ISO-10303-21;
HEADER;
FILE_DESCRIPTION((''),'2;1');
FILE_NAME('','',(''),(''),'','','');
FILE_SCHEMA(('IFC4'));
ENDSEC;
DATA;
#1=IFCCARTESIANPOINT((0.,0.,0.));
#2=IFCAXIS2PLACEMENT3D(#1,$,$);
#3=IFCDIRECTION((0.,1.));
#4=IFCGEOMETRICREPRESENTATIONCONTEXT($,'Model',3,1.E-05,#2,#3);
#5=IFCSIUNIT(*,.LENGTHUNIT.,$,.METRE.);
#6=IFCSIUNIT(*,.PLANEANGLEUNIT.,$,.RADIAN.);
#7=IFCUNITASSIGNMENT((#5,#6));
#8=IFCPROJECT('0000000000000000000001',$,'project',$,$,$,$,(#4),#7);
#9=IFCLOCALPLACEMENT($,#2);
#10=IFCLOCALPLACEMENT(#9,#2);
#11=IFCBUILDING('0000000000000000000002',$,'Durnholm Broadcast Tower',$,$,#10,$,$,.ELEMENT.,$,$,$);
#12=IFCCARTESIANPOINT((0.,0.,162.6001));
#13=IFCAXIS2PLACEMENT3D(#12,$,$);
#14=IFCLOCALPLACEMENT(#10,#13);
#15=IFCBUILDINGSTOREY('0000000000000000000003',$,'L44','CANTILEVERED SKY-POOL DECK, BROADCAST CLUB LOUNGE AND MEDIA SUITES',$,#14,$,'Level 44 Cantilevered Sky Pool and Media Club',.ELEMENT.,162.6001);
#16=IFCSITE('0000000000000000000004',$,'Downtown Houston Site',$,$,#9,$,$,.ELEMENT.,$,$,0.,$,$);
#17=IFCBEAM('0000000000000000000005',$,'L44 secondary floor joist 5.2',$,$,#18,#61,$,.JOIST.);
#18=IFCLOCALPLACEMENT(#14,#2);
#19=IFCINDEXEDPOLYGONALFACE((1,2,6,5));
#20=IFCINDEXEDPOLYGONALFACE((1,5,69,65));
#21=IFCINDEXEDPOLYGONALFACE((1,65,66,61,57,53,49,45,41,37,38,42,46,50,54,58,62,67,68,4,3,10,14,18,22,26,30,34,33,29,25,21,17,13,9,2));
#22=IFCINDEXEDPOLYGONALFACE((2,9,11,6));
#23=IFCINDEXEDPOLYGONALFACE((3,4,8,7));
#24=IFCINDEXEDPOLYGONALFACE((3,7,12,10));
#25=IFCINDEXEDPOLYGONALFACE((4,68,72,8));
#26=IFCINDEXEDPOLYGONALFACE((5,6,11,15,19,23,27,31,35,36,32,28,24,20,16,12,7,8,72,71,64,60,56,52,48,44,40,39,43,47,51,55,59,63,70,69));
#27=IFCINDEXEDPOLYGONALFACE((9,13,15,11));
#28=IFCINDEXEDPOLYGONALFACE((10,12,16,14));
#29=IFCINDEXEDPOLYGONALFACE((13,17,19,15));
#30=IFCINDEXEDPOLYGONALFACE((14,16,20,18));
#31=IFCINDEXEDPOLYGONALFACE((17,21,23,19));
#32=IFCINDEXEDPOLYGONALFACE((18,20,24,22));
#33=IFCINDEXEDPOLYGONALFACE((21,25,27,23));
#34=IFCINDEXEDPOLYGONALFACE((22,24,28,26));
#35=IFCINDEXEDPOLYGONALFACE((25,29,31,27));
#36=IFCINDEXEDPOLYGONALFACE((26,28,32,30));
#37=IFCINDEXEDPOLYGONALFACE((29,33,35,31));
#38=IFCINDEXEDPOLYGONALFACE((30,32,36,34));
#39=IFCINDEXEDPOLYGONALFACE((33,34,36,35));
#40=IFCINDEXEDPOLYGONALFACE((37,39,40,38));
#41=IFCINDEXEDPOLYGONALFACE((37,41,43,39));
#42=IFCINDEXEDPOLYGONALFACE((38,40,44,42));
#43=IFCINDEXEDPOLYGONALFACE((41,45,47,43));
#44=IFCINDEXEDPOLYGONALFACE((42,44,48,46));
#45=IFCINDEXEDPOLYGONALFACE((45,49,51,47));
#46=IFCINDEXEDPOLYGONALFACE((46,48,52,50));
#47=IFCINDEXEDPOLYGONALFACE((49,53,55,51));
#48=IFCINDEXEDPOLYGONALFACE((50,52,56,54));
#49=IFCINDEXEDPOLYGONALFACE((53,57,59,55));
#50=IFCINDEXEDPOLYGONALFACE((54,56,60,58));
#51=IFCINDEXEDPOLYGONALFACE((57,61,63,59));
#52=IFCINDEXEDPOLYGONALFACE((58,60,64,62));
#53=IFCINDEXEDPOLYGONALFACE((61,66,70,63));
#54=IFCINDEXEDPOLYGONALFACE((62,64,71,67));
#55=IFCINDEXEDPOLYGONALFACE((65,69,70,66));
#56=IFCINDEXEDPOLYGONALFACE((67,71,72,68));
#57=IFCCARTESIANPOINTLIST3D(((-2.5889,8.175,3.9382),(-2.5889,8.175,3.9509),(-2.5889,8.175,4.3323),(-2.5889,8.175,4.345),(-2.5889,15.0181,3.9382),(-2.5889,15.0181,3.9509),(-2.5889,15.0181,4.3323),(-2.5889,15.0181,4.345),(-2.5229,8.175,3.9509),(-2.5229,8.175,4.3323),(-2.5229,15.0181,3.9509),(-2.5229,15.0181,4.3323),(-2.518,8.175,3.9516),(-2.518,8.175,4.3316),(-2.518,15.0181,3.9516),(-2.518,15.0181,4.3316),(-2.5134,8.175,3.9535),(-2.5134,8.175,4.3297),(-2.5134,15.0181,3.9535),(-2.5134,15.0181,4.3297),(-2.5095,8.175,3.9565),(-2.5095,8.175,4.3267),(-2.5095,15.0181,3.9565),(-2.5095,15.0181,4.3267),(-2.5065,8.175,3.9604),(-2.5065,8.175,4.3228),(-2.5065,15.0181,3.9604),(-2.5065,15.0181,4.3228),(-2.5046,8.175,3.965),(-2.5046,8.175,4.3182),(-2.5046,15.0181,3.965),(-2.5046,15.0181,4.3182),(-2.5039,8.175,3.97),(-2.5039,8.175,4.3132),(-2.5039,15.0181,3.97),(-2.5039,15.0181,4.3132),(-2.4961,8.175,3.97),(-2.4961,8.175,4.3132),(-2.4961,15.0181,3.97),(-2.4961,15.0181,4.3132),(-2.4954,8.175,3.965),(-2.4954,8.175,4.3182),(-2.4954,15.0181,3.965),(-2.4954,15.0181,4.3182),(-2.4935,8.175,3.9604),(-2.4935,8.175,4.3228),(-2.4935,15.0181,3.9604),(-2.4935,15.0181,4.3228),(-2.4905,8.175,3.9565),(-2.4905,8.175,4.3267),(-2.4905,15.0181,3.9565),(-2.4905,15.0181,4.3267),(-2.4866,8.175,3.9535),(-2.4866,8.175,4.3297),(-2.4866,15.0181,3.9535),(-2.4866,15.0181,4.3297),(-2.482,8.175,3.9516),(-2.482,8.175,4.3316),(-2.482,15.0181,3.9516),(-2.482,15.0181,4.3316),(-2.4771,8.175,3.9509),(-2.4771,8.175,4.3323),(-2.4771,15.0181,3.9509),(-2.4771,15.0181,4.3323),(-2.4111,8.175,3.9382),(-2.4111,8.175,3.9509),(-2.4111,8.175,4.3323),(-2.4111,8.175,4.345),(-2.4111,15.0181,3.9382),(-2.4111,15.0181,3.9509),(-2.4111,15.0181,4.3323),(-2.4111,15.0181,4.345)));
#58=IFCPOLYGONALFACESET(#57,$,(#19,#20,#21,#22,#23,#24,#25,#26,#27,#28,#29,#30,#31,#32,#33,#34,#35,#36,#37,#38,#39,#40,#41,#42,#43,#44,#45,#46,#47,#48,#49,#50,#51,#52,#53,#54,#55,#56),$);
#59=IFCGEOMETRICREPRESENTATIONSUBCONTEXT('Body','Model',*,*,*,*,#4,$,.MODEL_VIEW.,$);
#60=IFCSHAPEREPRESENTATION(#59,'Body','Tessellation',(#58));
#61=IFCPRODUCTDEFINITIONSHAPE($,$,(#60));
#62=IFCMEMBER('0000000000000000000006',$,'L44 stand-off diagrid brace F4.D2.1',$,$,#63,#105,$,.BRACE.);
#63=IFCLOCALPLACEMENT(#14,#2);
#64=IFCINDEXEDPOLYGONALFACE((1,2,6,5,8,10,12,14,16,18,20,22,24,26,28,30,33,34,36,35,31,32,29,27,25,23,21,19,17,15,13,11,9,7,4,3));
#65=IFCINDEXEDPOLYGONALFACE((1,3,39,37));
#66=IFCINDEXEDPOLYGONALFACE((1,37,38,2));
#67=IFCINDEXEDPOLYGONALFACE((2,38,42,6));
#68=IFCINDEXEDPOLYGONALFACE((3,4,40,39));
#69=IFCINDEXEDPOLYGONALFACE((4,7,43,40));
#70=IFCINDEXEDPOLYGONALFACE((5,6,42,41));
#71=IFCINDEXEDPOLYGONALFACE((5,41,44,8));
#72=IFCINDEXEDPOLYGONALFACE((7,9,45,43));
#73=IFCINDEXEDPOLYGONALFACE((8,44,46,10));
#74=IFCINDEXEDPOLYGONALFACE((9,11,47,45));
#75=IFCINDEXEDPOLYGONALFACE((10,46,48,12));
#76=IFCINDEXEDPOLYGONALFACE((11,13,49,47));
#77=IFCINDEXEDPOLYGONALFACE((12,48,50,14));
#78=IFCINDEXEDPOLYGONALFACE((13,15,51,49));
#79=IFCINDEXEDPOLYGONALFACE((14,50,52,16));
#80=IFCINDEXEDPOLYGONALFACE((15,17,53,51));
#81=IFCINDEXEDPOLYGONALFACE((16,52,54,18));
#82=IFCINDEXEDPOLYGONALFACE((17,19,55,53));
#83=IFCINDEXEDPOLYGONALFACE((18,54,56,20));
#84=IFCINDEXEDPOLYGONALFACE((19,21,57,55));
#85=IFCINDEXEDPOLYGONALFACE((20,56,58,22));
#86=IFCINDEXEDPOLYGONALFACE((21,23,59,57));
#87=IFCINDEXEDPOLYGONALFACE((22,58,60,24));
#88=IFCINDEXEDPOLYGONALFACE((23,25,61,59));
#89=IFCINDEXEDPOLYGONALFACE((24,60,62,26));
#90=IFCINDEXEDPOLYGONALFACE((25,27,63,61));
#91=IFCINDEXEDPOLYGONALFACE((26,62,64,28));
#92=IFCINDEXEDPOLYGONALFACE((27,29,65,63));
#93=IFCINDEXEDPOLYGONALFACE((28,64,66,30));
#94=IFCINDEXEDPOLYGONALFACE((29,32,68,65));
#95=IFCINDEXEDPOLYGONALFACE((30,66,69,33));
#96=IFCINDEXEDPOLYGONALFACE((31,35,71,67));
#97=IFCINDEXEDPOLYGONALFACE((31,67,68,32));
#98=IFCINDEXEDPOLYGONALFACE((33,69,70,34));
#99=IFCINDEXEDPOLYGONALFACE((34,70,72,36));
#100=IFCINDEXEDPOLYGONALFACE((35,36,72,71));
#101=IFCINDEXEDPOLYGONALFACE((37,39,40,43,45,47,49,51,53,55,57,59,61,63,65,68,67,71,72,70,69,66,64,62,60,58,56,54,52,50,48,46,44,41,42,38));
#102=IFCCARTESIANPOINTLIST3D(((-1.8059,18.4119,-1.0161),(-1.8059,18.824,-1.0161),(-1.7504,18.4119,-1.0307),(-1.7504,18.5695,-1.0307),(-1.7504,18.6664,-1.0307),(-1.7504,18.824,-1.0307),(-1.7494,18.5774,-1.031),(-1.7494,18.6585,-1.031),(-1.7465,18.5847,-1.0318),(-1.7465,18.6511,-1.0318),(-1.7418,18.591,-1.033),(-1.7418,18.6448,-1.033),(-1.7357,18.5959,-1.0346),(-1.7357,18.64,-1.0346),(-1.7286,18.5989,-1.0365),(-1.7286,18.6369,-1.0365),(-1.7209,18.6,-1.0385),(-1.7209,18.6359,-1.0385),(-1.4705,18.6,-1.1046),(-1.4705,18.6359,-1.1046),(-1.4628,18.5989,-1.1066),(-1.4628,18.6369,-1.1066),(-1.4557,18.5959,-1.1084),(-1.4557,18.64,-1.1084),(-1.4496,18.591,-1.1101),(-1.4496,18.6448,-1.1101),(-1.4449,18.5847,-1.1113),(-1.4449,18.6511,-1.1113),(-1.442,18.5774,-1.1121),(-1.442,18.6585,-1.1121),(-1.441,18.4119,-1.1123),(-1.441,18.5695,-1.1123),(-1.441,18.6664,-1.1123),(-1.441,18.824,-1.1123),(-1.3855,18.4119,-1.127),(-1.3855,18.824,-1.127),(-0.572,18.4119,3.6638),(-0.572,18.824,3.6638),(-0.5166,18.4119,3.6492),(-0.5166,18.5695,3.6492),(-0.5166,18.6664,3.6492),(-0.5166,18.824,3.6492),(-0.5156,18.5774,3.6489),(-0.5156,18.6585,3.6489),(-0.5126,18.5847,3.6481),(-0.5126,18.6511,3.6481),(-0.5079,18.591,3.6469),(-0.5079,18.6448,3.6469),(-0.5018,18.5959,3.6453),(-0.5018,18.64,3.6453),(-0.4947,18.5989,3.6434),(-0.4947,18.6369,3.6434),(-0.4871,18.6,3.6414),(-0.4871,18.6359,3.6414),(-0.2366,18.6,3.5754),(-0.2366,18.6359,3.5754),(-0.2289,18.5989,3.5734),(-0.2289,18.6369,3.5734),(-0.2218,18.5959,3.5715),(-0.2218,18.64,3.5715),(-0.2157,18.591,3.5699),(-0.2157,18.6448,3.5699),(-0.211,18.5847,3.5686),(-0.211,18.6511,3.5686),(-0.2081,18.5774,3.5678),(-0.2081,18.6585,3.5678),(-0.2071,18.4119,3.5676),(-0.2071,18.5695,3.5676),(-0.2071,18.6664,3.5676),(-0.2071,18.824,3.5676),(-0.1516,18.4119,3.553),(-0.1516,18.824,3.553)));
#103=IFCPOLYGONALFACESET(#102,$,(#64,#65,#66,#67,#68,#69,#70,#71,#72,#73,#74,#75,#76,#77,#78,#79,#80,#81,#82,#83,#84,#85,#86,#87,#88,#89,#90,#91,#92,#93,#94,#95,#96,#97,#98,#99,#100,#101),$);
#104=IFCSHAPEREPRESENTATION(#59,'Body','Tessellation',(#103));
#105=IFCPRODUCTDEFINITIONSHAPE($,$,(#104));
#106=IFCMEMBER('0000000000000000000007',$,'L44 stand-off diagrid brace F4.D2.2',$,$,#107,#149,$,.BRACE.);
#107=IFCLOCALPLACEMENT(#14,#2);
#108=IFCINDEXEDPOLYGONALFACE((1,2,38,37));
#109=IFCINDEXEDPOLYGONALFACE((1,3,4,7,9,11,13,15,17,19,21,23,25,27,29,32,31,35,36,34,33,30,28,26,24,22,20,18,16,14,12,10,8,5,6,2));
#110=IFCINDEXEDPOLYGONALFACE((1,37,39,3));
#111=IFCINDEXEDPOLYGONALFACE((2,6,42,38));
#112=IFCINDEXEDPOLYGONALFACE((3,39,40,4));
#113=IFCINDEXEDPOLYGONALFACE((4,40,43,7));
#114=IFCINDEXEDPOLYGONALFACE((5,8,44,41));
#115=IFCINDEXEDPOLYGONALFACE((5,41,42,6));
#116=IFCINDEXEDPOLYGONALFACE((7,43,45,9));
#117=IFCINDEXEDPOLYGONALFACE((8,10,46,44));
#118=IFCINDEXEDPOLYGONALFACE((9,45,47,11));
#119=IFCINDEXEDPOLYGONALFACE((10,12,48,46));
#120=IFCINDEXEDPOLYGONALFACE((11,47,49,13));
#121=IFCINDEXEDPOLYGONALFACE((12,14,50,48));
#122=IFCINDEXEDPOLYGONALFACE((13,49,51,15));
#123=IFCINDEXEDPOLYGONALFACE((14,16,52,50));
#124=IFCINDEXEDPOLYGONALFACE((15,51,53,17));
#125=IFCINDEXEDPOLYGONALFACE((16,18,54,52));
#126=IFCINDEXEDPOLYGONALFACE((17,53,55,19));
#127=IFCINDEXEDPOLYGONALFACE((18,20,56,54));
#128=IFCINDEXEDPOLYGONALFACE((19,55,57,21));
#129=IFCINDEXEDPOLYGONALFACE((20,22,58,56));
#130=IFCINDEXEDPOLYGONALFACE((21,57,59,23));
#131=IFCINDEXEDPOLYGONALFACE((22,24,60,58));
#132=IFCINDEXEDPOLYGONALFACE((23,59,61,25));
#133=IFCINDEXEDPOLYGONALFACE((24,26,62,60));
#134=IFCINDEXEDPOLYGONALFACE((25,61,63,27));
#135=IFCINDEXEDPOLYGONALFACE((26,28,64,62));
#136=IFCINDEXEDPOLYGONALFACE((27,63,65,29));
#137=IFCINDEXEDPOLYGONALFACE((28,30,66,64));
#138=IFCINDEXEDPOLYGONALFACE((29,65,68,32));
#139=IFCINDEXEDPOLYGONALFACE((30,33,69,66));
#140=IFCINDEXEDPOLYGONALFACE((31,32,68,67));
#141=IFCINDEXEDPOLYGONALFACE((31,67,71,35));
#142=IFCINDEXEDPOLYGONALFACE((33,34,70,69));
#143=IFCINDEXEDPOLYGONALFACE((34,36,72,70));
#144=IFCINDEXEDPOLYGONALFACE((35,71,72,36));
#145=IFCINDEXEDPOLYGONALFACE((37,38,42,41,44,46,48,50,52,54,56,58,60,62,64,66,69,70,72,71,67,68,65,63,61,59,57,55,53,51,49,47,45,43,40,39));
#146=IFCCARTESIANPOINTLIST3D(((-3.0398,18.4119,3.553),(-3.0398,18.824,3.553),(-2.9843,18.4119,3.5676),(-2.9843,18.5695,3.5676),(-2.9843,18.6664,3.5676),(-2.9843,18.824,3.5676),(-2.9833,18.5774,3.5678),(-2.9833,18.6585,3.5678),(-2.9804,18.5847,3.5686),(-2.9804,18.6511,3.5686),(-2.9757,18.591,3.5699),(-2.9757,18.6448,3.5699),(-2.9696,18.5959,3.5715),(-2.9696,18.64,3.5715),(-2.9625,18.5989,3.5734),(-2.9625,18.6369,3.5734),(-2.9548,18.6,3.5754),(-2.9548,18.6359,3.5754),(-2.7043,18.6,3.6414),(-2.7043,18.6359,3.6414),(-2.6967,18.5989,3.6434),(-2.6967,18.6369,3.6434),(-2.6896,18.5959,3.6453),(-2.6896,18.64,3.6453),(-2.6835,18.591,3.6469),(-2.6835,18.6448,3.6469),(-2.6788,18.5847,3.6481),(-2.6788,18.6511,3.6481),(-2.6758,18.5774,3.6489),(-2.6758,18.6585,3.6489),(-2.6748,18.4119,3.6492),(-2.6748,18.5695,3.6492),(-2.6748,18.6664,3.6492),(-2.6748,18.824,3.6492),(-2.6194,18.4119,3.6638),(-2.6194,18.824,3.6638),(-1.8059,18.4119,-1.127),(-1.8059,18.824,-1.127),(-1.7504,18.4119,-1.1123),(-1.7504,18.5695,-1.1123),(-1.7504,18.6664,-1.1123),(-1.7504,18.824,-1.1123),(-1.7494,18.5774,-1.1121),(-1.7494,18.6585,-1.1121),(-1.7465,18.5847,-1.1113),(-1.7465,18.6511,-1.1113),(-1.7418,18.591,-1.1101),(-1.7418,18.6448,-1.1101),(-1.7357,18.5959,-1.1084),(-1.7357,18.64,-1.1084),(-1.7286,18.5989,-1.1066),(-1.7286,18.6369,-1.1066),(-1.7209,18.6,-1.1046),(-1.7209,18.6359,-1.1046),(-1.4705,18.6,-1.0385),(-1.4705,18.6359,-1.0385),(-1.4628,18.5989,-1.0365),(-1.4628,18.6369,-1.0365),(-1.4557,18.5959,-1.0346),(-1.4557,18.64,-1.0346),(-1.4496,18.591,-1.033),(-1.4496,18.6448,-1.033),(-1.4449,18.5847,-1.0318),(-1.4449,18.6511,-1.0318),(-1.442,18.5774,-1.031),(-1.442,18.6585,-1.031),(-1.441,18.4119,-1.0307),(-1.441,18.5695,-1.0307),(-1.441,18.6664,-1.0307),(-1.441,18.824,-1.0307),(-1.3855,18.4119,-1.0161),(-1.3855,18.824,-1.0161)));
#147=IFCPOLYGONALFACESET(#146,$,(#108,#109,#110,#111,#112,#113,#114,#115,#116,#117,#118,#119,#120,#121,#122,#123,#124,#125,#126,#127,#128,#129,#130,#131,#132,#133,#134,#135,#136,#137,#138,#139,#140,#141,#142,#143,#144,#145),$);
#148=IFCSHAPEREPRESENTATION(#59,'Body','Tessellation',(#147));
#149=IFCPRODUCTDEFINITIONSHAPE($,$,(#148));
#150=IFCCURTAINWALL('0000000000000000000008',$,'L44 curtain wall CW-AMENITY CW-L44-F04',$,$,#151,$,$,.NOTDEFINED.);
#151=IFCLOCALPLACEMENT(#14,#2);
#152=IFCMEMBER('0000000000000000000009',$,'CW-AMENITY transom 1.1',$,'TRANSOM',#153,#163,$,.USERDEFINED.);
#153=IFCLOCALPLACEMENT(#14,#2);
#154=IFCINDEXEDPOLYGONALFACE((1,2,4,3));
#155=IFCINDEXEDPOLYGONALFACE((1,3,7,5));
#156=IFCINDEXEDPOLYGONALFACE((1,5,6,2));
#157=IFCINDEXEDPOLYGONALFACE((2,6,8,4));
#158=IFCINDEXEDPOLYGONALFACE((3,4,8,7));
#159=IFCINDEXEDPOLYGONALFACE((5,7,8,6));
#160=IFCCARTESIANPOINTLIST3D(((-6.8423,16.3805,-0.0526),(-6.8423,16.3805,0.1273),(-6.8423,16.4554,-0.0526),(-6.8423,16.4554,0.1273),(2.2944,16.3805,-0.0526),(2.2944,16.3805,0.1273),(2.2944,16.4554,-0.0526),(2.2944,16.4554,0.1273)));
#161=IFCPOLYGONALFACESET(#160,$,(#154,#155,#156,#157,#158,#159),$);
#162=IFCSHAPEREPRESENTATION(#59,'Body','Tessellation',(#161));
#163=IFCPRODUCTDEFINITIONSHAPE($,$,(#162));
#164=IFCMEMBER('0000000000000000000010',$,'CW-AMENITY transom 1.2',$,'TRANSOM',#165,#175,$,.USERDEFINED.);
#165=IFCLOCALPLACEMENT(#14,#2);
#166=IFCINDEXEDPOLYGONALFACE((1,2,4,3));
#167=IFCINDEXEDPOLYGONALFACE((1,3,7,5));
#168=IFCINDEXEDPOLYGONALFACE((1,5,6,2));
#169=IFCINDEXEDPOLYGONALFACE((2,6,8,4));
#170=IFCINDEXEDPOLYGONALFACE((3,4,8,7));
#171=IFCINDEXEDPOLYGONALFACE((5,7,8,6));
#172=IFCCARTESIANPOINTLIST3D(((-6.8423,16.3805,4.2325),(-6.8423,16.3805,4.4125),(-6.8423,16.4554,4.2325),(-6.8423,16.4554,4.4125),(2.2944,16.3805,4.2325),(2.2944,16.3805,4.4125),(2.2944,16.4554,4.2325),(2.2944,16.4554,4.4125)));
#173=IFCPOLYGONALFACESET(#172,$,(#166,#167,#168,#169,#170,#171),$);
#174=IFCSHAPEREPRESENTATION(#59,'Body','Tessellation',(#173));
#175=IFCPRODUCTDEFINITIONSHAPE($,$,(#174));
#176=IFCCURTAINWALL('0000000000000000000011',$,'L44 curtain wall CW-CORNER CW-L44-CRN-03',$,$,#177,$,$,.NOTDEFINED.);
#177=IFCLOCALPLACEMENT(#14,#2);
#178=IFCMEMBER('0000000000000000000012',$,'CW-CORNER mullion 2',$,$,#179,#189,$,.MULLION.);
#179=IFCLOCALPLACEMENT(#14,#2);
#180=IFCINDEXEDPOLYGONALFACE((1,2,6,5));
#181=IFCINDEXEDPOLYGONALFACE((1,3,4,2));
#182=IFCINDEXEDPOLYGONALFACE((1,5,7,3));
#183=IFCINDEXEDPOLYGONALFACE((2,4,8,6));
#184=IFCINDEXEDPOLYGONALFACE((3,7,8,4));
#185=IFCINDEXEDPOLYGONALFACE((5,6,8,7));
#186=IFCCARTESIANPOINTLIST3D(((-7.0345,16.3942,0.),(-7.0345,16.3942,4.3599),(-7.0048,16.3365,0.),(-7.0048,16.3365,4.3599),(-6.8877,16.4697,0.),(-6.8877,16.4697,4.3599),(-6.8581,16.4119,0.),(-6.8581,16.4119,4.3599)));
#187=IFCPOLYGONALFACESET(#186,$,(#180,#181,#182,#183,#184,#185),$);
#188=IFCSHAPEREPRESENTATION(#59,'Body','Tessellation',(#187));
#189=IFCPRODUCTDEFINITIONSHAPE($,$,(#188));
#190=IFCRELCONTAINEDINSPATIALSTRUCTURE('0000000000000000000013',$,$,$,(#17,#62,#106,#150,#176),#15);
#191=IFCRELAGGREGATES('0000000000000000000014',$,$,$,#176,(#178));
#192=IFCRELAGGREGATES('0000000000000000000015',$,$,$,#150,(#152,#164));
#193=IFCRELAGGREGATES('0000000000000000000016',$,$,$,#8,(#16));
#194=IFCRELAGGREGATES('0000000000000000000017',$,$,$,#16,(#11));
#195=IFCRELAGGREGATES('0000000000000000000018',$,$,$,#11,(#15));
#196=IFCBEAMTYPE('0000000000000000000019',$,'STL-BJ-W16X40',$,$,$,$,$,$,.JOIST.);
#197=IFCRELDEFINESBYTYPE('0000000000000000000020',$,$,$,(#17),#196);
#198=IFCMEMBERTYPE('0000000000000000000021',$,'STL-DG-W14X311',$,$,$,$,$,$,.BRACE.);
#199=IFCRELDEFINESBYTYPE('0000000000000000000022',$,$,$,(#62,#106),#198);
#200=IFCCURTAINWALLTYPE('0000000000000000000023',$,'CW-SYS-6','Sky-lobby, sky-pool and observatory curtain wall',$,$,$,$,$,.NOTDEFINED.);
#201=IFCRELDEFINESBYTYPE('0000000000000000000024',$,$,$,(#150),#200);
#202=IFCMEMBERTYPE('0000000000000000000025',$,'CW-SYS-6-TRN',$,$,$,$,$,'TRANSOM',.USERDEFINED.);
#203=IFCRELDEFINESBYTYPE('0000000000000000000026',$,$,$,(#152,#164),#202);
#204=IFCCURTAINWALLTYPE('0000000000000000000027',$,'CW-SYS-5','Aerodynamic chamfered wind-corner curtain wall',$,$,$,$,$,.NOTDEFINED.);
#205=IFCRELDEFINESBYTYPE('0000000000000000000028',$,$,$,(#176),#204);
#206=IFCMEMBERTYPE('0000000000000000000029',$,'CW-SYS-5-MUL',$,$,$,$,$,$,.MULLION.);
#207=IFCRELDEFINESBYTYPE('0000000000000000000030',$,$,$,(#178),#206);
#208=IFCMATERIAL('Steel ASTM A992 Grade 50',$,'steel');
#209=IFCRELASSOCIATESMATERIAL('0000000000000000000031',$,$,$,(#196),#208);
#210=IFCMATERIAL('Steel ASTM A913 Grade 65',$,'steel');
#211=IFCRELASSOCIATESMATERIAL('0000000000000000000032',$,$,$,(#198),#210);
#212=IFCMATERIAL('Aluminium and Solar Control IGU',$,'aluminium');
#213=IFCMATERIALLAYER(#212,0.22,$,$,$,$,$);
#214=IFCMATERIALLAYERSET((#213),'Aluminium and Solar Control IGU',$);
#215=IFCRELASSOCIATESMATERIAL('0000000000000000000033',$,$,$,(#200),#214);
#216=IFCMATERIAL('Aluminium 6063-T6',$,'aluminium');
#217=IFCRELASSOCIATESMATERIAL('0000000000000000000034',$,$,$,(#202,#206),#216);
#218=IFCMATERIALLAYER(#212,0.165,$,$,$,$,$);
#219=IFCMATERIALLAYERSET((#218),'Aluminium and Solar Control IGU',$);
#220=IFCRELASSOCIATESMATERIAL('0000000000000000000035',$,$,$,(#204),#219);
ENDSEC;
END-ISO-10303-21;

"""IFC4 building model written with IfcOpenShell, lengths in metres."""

from ifc_helpers import new_model, si_unit, direction, frame, origin, origin_2d, place, context, subcontext, project, spatial, rectangle, i_section, extrude, source, transform, mapped, material, layer, layer_set, material_profile, profile_set, type_object, type_shapes, element, aggregate, save


model = new_model("IFC4")

# Units and contexts
model_context = context("Model", 3, precision=1e-05, world=origin(), true_north=direction((0.0, 1.0)))
body_context = subcontext(model_context, "Body", "Model", "MODEL_VIEW")
ifc_project = project(units=[si_unit("LENGTHUNIT", "METRE"), si_unit("PLANEANGLEUNIT", "RADIAN")], contexts=[model_context])

# Site, building, storey
site_placement = place(None, origin())
site = spatial("IfcSite", under=ifc_project, at=site_placement, Name="Downtown Houston Site", CompositionType="ELEMENT", RefElevation=0.0)
building_placement = place(site_placement, origin())
building = spatial("IfcBuilding", under=site, at=building_placement, Name="Durnholm Broadcast Tower", CompositionType="ELEMENT")
storey_placement = place(building_placement, frame((0.0, 0.0, 162.6001)))
storey = spatial("IfcBuildingStorey", under=building, at=storey_placement, Name="L44", Description="CANTILEVERED SKY-POOL DECK, BROADCAST CLUB LOUNGE AND MEDIA SUITES", LongName="Level 44 Cantilevered Sky Pool and Media Club", CompositionType="ELEMENT", Elevation=162.6001)

# Beam
ifc_material_1 = material(Name="Steel ASTM A992 Grade 50", Category="steel")
ifc_material_profile_1 = material_profile(ifc_material_1, i_section(OverallWidth=0.1777, OverallDepth=0.4067, WebThickness=0.0078, FlangeThickness=0.0127, FilletRadius=0.019, at=origin_2d()), Name="W16X40")
ifc_profile_set_1 = profile_set([ifc_material_profile_1], Name="Steel ASTM A992 Grade 50")
beam_type_1 = type_object("IfcBeamType", Name="STL-BJ-W16X40", PredefinedType="JOIST", material=ifc_profile_set_1)
shared_shape_1 = source(origin(), body_context, "Body", "SweptSolid", [
    extrude(i_section(OverallWidth=0.1777, OverallDepth=0.4067, WebThickness=0.0078, FlangeThickness=0.0127, FilletRadius=0.019, at=origin_2d()), origin(), (0.0, 0.0, 1.0), 6.843),
])
type_shapes(beam_type_1, [shared_shape_1])
beam_1_placement = place(storey_placement, frame((-2.5, 8.175, 4.1416), z_axis=(0.0, 1.0, 0.0), x_axis=(-1.0, 0.0, 0.0)))
element("IfcBeam", 1, at=beam_1_placement, inside=storey, type_object=beam_type_1, Name="L44 secondary floor joist 5.2", PredefinedType="JOIST", context=body_context, shape_type="MappedRepresentation", body=[
    mapped(shared_shape_1, transform((0.0, 0.0, 0.0), x_axis=(1.0, 0.0, 0.0), y_axis=(0.0, 1.0, 0.0), z_axis=(0.0, 0.0, 1.0), scale=1.0)),
])

# Members
ifc_material_2 = material(Name="Steel ASTM A913 Grade 65", Category="steel")
ifc_material_profile_2 = material_profile(ifc_material_2, i_section(OverallWidth=0.4121, OverallDepth=0.4348, WebThickness=0.0359, FlangeThickness=0.0574, FilletRadius=0.0305, at=origin_2d()), Name="W14X311")
ifc_profile_set_2 = profile_set([ifc_material_profile_2], Name="Steel ASTM A913 Grade 65")
member_type_1 = type_object("IfcMemberType", Name="STL-DG-W14X311", PredefinedType="BRACE", material=ifc_profile_set_2)
shared_shape_2 = source(origin(), body_context, "Body", "SweptSolid", [
    extrude(i_section(OverallWidth=0.4121, OverallDepth=0.4348, WebThickness=0.0359, FlangeThickness=0.0574, FilletRadius=0.0305, at=origin_2d()), origin(), (0.0, 0.0, 1.0), 4.8398),
])
type_shapes(member_type_1, [shared_shape_2])
for number, where, z_axis, x_axis, name in (
    (2, (-1.5957, 18.6179, -1.0715), (0.254943, 0.0, 0.966956), (0.0, 1.0, 0.0), "L44 stand-off diagrid brace F4.D2.1"),
    (3, (-1.5957, 18.6179, -1.0715), (-0.254943, 0.0, 0.966956), (0.0, -1.0, 0.0), "L44 stand-off diagrid brace F4.D2.2"),
):
    element("IfcMember", number, at=place(storey_placement, frame(where, z_axis=z_axis, x_axis=x_axis)), inside=storey, type_object=member_type_1, Name=name, PredefinedType="BRACE", context=body_context, shape_type="MappedRepresentation", body=[
        mapped(shared_shape_2, transform((0.0, 0.0, 0.0), x_axis=(1.0, 0.0, 0.0), y_axis=(0.0, 1.0, 0.0), z_axis=(0.0, 0.0, 1.0), scale=1.0)),
    ])

# Curtain wall, members
ifc_material_3 = material(Name="Aluminium and Solar Control IGU", Category="aluminium")
ifc_layer_1 = layer(ifc_material_3, 0.22)
ifc_layer_set_1 = layer_set([ifc_layer_1], Name="Aluminium and Solar Control IGU")
curtain_wall_type_1 = type_object("IfcCurtainWallType", Name="CW-SYS-6", Description="Sky-lobby, sky-pool and observatory curtain wall", PredefinedType="NOTDEFINED", material=ifc_layer_set_1)
curtain_wall_1_placement = place(storey_placement, origin())
curtain_wall_1 = element("IfcCurtainWall", 4, at=curtain_wall_1_placement, inside=storey, type_object=curtain_wall_type_1, Name="L44 curtain wall CW-AMENITY CW-L44-F04", PredefinedType="NOTDEFINED")
ifc_material_4 = material(Name="Aluminium 6063-T6", Category="aluminium")
ifc_material_profile_3 = material_profile(ifc_material_4, rectangle(XDim=0.075, YDim=0.1799, at=origin_2d()), Name="CWT75X180")
ifc_profile_set_3 = profile_set([ifc_material_profile_3], Name="Aluminium 6063-T6")
member_type_2 = type_object("IfcMemberType", Name="CW-SYS-6-TRN", ElementType="TRANSOM", PredefinedType="USERDEFINED", material=ifc_profile_set_3)
shared_shape_3 = source(origin(), body_context, "Body", "SweptSolid", [
    extrude(rectangle(XDim=0.075, YDim=0.1799, at=origin_2d()), origin(), (0.0, 0.0, 1.0), 9.1367),
])
type_shapes(member_type_2, [shared_shape_3])
member_1_placement = place(storey_placement, frame((-6.8423, 16.418, 0.0374), z_axis=(1.0, 0.0, 0.0), x_axis=(0.0, 1.0, 0.0)))
member_1 = element("IfcMember", 5, at=member_1_placement, type_object=member_type_2, Name="CW-AMENITY transom 1.1", ObjectType="TRANSOM", PredefinedType="USERDEFINED", context=body_context, shape_type="MappedRepresentation", body=[
    mapped(shared_shape_3, transform((0.0, 0.0, 0.0), x_axis=(1.0, 0.0, 0.0), y_axis=(0.0, 1.0, 0.0), z_axis=(0.0, 0.0, 1.0), scale=1.0)),
])
member_2_placement = place(storey_placement, frame((-6.8423, 16.418, 4.3225), z_axis=(1.0, 0.0, 0.0), x_axis=(0.0, 1.0, 0.0)))
member_2 = element("IfcMember", 6, at=member_2_placement, type_object=member_type_2, Name="CW-AMENITY transom 1.2", ObjectType="TRANSOM", PredefinedType="USERDEFINED", context=body_context, shape_type="MappedRepresentation", body=[
    mapped(shared_shape_3, transform((0.0, 0.0, 0.0), x_axis=(1.0, 0.0, 0.0), y_axis=(0.0, 1.0, 0.0), z_axis=(0.0, 0.0, 1.0), scale=1.0)),
])

# Curtain wall, member
ifc_layer_2 = layer(ifc_material_3, 0.165)
ifc_layer_set_2 = layer_set([ifc_layer_2], Name="Aluminium and Solar Control IGU")
curtain_wall_type_2 = type_object("IfcCurtainWallType", Name="CW-SYS-5", Description="Aerodynamic chamfered wind-corner curtain wall", PredefinedType="NOTDEFINED", material=ifc_layer_set_2)
curtain_wall_2_placement = place(storey_placement, origin())
curtain_wall_2 = element("IfcCurtainWall", 7, at=curtain_wall_2_placement, inside=storey, type_object=curtain_wall_type_2, Name="L44 curtain wall CW-CORNER CW-L44-CRN-03", PredefinedType="NOTDEFINED")
ifc_material_profile_4 = material_profile(ifc_material_4, rectangle(XDim=0.0649, YDim=0.165, at=origin_2d()), Name="CWM65X165")
ifc_profile_set_4 = profile_set([ifc_material_profile_4], Name="Aluminium 6063-T6")
member_type_3 = type_object("IfcMemberType", Name="CW-SYS-5-MUL", PredefinedType="MULLION", material=ifc_profile_set_4)
shared_shape_4 = source(origin(), body_context, "Body", "SweptSolid", [
    extrude(rectangle(XDim=0.0649, YDim=0.165, at=origin_2d()), origin(), (0.0, 0.0, 1.0), 4.3599),
])
type_shapes(member_type_3, [shared_shape_4])
member_3_placement = place(storey_placement, frame((-6.9463, 16.4031, 0.0), z_axis=(0.0, 0.0, 1.0), x_axis=(-0.457082, 0.889425, 0.0)))
member_3 = element("IfcMember", 8, at=member_3_placement, type_object=member_type_3, Name="CW-CORNER mullion 2", PredefinedType="MULLION", context=body_context, shape_type="MappedRepresentation", body=[
    mapped(shared_shape_4, transform((0.0, 0.0, 0.0), x_axis=(1.0, 0.0, 0.0), y_axis=(0.0, 1.0, 0.0), z_axis=(0.0, 0.0, 1.0), scale=1.0)),
])
aggregate(curtain_wall_2, [member_3])

aggregate(curtain_wall_1, [member_1, member_2])

save(model, "model.ifc")
